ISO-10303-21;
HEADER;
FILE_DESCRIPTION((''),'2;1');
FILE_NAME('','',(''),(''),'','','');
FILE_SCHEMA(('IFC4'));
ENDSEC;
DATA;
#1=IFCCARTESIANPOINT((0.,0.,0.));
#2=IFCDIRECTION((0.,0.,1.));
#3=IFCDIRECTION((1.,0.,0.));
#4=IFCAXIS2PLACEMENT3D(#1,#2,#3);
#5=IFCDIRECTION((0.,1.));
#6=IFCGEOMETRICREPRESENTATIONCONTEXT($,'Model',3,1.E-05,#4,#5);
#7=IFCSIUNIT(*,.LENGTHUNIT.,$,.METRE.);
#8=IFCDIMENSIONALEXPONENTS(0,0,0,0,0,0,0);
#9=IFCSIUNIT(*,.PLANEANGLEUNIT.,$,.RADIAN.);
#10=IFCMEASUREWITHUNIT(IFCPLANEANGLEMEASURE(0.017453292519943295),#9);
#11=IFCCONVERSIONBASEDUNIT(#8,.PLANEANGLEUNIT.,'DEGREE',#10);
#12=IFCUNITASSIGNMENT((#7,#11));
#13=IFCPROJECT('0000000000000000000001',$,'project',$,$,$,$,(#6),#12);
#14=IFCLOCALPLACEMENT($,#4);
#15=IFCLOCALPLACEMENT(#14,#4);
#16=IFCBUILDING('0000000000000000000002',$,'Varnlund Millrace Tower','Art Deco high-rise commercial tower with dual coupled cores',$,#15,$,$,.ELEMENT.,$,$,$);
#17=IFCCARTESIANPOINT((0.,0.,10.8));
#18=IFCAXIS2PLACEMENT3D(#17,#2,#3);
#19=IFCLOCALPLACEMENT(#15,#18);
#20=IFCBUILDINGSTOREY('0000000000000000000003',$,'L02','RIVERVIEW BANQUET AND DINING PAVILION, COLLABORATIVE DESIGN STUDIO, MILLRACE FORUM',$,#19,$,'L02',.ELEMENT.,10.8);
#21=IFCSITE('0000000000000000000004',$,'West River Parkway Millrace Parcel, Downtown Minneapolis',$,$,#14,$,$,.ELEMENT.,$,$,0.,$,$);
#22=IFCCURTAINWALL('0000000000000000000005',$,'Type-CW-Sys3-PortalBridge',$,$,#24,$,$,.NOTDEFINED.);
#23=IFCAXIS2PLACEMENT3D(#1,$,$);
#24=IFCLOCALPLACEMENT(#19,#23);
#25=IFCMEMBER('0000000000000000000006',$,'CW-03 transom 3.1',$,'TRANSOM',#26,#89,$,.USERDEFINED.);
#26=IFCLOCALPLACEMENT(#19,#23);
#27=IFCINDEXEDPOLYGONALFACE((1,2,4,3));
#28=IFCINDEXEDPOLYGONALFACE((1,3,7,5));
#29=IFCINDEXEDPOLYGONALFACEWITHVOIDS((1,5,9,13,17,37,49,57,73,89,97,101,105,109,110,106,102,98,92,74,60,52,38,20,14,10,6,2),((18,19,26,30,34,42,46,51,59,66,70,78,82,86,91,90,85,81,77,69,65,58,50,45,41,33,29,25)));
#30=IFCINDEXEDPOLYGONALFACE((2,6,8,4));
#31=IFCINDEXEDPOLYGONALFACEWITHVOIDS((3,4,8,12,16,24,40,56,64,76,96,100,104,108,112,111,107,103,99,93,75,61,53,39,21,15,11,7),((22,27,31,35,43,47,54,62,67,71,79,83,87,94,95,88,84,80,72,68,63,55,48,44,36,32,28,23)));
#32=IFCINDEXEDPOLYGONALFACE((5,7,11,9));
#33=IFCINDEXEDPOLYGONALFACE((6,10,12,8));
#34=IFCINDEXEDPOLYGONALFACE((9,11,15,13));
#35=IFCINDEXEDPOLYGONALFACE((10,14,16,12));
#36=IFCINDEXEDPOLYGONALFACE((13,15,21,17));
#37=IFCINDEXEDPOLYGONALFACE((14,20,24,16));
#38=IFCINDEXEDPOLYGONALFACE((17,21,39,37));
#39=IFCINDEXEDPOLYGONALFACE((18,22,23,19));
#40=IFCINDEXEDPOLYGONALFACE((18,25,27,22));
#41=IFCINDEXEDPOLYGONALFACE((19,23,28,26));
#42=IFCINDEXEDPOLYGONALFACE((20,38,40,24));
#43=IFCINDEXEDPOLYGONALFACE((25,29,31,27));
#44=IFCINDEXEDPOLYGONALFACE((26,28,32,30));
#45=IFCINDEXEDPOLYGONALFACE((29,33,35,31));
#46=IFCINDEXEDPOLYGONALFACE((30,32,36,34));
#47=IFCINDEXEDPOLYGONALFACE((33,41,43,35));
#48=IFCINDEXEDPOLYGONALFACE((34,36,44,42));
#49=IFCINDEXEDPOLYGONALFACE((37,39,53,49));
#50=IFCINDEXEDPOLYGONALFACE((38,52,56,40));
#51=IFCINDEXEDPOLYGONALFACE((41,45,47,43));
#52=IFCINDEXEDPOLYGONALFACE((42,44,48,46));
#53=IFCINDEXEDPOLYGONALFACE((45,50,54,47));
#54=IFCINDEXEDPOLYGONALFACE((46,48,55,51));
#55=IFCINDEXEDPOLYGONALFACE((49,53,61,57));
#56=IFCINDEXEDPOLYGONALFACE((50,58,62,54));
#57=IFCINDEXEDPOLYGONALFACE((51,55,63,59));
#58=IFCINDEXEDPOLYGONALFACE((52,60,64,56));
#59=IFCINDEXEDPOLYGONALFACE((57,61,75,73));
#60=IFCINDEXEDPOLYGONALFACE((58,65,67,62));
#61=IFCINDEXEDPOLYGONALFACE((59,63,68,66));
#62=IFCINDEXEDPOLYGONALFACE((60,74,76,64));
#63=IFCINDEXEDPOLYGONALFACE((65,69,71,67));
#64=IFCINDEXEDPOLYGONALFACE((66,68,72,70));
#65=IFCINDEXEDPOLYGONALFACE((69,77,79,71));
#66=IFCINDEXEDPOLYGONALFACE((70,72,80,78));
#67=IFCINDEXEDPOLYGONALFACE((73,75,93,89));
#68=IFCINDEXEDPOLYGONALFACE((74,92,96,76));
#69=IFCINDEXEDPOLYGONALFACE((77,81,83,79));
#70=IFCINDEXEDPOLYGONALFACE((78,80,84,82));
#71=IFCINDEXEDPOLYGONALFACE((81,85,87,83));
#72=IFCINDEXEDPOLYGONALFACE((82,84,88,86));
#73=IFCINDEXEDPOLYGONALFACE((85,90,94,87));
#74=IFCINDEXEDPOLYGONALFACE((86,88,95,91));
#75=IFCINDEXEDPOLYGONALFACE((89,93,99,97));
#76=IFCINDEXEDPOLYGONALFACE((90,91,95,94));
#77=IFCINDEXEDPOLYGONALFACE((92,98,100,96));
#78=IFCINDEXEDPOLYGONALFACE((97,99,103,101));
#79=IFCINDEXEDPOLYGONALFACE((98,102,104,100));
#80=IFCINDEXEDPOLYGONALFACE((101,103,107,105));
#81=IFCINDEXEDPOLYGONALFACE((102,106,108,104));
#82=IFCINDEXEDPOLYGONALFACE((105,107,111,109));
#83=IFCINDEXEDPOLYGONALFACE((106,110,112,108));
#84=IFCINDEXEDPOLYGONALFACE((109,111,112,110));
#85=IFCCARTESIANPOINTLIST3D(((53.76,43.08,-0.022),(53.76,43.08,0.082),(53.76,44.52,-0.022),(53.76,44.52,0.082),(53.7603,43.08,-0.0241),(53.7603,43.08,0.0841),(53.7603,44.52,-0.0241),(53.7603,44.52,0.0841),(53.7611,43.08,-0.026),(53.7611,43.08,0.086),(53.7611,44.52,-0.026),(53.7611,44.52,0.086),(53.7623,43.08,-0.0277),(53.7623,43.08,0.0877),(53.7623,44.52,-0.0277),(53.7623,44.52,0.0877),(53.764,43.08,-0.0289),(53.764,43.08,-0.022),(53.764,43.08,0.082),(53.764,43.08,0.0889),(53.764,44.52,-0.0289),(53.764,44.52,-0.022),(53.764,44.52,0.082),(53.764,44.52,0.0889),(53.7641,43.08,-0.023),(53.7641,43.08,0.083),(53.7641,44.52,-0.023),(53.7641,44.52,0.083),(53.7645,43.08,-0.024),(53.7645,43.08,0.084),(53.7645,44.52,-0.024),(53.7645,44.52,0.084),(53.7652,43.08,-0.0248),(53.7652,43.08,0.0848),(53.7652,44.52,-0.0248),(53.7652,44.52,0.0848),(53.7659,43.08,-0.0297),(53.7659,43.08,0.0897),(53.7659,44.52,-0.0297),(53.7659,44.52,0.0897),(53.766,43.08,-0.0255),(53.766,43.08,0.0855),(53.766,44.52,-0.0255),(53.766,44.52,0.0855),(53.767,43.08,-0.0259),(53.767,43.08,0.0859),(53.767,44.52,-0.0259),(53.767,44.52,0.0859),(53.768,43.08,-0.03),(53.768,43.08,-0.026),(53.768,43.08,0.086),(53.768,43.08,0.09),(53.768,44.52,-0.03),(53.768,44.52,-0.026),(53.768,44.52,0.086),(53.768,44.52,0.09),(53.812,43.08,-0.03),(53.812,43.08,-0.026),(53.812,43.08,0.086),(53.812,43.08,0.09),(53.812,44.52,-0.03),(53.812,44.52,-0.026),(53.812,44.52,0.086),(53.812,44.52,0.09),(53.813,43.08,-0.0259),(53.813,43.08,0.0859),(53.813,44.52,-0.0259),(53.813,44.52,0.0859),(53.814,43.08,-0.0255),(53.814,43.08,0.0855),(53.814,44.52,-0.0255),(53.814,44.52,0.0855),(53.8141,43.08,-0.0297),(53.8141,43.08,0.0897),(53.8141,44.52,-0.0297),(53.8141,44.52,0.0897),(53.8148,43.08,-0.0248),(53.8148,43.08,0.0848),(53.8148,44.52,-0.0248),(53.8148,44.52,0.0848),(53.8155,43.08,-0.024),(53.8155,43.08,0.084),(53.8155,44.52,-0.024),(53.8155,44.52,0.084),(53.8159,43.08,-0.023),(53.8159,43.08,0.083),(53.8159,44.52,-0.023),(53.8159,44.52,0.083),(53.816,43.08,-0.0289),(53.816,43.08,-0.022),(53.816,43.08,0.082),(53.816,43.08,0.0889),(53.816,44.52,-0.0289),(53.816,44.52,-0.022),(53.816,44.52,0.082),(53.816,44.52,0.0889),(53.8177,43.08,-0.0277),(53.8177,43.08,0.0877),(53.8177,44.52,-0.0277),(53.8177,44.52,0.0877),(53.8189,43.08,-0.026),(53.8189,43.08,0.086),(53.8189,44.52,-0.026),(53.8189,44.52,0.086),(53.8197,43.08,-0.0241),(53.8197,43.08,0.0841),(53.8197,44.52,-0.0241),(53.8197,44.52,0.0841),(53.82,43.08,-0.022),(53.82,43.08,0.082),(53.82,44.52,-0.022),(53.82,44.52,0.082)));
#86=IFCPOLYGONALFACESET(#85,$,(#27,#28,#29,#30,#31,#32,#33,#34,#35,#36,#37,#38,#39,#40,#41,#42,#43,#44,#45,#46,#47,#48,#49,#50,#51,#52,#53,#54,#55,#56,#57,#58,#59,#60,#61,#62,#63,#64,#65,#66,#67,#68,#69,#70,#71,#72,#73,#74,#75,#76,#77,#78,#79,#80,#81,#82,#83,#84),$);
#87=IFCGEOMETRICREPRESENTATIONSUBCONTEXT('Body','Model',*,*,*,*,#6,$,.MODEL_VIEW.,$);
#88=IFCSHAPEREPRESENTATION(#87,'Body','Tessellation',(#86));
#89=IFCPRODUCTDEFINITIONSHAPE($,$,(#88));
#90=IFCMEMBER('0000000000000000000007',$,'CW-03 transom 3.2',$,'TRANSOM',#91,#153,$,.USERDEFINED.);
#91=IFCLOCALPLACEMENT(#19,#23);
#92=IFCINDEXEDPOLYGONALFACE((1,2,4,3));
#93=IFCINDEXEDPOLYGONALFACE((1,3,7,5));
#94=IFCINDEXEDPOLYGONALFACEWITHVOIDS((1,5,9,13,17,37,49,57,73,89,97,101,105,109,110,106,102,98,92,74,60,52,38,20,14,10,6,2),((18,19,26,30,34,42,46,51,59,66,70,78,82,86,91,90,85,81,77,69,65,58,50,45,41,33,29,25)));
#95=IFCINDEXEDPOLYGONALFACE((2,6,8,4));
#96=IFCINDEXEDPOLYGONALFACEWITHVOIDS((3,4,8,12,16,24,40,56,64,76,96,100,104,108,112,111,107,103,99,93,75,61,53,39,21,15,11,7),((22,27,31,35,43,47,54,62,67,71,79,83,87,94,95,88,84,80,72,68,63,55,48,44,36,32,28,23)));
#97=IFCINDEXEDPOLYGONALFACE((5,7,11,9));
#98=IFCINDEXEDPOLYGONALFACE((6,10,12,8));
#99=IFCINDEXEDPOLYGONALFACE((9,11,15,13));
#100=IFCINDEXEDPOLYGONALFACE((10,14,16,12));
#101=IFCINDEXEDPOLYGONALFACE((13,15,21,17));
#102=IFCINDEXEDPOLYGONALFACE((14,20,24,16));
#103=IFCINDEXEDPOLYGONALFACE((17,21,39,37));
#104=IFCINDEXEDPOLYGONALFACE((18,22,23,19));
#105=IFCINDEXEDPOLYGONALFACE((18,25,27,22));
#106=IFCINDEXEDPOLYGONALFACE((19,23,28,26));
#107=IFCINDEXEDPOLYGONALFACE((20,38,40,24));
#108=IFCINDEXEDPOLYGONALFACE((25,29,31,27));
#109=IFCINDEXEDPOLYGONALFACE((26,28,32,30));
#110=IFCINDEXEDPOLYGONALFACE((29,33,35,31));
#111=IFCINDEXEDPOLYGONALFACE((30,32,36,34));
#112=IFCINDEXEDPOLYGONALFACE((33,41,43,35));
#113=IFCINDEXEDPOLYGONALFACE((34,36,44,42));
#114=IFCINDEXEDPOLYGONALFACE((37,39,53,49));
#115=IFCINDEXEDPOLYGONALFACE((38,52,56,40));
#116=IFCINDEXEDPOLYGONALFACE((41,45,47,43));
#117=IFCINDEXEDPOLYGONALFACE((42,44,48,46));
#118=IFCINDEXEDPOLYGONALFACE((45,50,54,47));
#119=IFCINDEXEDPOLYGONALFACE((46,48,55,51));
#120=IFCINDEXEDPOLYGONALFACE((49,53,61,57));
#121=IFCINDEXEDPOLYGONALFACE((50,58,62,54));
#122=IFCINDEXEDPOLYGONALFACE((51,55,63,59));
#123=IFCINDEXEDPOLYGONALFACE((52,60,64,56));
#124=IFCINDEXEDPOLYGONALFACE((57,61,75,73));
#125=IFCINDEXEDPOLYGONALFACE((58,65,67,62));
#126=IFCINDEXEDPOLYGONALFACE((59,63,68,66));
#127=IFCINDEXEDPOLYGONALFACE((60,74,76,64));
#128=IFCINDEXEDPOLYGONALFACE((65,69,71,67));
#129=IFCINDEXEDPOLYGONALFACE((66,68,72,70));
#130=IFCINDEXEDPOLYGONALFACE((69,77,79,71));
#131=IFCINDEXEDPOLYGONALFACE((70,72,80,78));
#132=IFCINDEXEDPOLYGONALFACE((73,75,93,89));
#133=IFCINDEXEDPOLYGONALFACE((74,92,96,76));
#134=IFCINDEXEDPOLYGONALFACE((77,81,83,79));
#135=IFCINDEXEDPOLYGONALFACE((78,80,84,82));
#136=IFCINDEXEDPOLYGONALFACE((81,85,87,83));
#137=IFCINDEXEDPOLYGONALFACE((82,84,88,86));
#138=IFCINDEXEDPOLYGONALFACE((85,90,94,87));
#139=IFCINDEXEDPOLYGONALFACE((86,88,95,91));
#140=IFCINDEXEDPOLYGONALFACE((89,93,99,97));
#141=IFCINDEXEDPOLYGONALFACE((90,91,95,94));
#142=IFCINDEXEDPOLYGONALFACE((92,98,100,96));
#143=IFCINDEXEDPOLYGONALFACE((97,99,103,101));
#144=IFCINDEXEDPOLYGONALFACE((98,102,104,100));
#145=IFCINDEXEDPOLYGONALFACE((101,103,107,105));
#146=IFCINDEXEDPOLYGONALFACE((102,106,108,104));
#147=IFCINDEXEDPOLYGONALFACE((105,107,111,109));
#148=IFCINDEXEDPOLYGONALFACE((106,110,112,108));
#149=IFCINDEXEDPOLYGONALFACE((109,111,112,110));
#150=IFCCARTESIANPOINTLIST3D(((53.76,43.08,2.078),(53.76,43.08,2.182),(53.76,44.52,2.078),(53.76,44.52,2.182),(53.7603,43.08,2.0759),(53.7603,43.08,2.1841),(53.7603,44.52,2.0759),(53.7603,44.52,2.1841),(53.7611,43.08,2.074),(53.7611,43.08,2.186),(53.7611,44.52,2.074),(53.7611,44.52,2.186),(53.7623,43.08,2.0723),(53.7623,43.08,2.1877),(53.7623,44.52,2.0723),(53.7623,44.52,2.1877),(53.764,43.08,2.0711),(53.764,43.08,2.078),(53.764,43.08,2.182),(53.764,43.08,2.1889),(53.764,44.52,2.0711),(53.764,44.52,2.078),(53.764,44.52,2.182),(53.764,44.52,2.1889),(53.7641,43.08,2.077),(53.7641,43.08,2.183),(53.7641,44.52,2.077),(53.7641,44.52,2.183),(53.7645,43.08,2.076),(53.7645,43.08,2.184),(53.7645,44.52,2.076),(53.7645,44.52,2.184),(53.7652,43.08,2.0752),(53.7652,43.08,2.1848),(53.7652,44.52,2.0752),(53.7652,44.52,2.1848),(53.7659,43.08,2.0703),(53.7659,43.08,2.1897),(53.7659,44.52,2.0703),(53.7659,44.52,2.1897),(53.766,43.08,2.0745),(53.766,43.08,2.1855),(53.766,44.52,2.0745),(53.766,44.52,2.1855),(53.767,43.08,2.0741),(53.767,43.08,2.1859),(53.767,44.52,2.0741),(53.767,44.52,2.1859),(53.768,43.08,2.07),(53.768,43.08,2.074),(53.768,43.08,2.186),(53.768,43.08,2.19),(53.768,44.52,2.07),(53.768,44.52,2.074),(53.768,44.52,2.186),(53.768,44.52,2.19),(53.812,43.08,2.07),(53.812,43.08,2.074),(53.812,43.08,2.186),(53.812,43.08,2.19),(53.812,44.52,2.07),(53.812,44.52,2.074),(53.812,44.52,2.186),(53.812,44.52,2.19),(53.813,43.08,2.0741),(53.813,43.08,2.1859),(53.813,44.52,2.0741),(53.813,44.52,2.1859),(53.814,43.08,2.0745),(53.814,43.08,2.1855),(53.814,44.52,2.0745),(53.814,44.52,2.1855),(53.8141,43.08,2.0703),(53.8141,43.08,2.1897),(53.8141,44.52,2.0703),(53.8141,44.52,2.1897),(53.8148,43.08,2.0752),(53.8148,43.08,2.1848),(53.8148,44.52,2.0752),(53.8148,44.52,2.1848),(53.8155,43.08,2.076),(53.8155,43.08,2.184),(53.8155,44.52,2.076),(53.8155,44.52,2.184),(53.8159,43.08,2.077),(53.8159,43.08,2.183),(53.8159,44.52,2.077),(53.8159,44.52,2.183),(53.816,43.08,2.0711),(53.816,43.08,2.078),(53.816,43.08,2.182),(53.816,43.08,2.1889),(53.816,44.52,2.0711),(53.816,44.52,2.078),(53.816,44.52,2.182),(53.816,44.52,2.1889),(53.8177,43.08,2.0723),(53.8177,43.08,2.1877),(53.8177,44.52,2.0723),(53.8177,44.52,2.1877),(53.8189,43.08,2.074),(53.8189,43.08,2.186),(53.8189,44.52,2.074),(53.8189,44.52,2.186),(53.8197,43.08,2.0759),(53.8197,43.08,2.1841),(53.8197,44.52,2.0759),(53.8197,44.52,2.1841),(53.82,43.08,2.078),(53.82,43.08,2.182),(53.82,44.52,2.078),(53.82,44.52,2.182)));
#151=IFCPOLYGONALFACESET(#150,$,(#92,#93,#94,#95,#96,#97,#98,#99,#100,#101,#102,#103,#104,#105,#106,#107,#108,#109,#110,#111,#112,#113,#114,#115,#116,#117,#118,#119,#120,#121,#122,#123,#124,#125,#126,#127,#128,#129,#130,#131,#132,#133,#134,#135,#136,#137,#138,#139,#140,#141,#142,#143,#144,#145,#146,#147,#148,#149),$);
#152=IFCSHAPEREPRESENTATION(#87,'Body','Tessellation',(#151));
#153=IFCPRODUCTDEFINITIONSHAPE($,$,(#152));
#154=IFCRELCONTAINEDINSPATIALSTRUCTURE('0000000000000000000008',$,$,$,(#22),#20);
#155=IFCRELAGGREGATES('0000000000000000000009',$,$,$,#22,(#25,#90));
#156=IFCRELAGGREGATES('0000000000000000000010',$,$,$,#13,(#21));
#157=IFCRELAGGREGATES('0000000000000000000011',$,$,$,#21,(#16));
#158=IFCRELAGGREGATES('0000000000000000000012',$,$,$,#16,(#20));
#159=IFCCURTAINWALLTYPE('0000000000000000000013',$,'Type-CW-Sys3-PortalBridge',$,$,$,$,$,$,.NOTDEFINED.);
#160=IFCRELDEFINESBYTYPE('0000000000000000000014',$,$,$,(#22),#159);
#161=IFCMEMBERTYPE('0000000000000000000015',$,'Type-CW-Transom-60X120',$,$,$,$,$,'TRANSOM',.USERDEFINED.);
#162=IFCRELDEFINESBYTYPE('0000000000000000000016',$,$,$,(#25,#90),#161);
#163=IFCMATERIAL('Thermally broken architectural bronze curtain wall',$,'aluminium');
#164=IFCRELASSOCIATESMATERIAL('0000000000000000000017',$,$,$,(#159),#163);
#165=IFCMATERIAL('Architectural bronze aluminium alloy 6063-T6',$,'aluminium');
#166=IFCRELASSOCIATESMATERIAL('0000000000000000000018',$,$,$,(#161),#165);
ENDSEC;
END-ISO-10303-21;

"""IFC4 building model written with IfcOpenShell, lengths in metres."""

from ifc_helpers import new_model, entity, si_unit, converted_unit, direction, frame, origin_with_axes, origin_2d_with_axis, place, context, subcontext, project, spatial, hollow_rectangle, extrude, material, material_profile, profile_set, type_object, element, aggregate, save


model = new_model("IFC4")

# Units and contexts
model_context = context("Model", 3, precision=1e-05, world=origin_with_axes(), true_north=direction((0.0, 1.0)))
body_context = subcontext(model_context, "Body", "Model", "MODEL_VIEW")
ifc_project = project(units=[si_unit("LENGTHUNIT", "METRE"), converted_unit("PLANEANGLEUNIT", "DEGREE", entity("IfcPlaneAngleMeasure", 0.017453292519943295), si_unit("PLANEANGLEUNIT", "RADIAN"), dimensions=[0, 0, 0, 0, 0, 0, 0])], contexts=[model_context])

# Site, building, storey
site_placement = place(None, origin_with_axes())
site = spatial("IfcSite", under=ifc_project, at=site_placement, Name="West River Parkway Millrace Parcel, Downtown Minneapolis", CompositionType="ELEMENT", RefElevation=0.0)
building_placement = place(site_placement, origin_with_axes())
building = spatial("IfcBuilding", under=site, at=building_placement, Name="Varnlund Millrace Tower", Description="Art Deco high-rise commercial tower with dual coupled cores", CompositionType="ELEMENT")
storey_placement = place(building_placement, frame((0.0, 0.0, 10.8), z_axis=(0.0, 0.0, 1.0), x_axis=(1.0, 0.0, 0.0)))
storey = spatial("IfcBuildingStorey", under=building, at=storey_placement, Name="L02", Description="RIVERVIEW BANQUET AND DINING PAVILION, COLLABORATIVE DESIGN STUDIO, MILLRACE FORUM", LongName="L02", CompositionType="ELEMENT", Elevation=10.8)

# Curtain wall, members
ifc_material_1 = material(Name="Thermally broken architectural bronze curtain wall", Category="aluminium")
curtain_wall_type = type_object("IfcCurtainWallType", Name="Type-CW-Sys3-PortalBridge", PredefinedType="NOTDEFINED", material=ifc_material_1)
curtain_wall_placement = place(storey_placement, frame((53.79, 47.55, 0.0), z_axis=(0.0, 0.0, 1.0), x_axis=(1.0, 0.0, 0.0)))
curtain_wall = element("IfcCurtainWall", 1, at=curtain_wall_placement, inside=storey, type_object=curtain_wall_type, Name="Type-CW-Sys3-PortalBridge", PredefinedType="NOTDEFINED")
ifc_material_2 = material(Name="Architectural bronze aluminium alloy 6063-T6", Category="aluminium")
ifc_material_profile_1 = material_profile(ifc_material_2, hollow_rectangle(XDim=0.06, YDim=0.12, WallThickness=0.004, InnerFilletRadius=0.004, OuterFilletRadius=0.008, at=origin_2d_with_axis()), Name="Architectural bronze aluminium alloy 6063-T6")
ifc_profile_set_1 = profile_set([ifc_material_profile_1], Name="Architectural bronze aluminium alloy 6063-T6")
member_type_1 = type_object("IfcMemberType", Name="Type-CW-Transom-60X120", ElementType="TRANSOM", PredefinedType="USERDEFINED", material=ifc_profile_set_1)
member_1_placement = place(storey_placement, frame((53.79, 44.52, 0.03), z_axis=(0.0, -1.0, 0.0), x_axis=(1.0, 0.0, 0.0)))
member_1 = element("IfcMember", 2, at=member_1_placement, type_object=member_type_1, Name="CW-03 transom 3.1", ObjectType="TRANSOM", PredefinedType="USERDEFINED", context=body_context, shape_type="SweptSolid", body=[
    extrude(hollow_rectangle(XDim=0.06, YDim=0.12, WallThickness=0.004, InnerFilletRadius=0.004, OuterFilletRadius=0.008, at=origin_2d_with_axis()), origin_with_axes(), (0.0, 0.0, 1.0), 1.44),
])
member_2_placement = place(storey_placement, frame((53.79, 44.52, 2.13), z_axis=(0.0, -1.0, 0.0), x_axis=(1.0, 0.0, 0.0)))
member_2 = element("IfcMember", 3, at=member_2_placement, type_object=member_type_1, Name="CW-03 transom 3.2", ObjectType="TRANSOM", PredefinedType="USERDEFINED", context=body_context, shape_type="SweptSolid", body=[
    extrude(hollow_rectangle(XDim=0.06, YDim=0.12, WallThickness=0.004, InnerFilletRadius=0.004, OuterFilletRadius=0.008, at=origin_2d_with_axis()), origin_with_axes(), (0.0, 0.0, 1.0), 1.44),
])

aggregate(curtain_wall, [member_1, member_2])

save(model, "model.ifc")
